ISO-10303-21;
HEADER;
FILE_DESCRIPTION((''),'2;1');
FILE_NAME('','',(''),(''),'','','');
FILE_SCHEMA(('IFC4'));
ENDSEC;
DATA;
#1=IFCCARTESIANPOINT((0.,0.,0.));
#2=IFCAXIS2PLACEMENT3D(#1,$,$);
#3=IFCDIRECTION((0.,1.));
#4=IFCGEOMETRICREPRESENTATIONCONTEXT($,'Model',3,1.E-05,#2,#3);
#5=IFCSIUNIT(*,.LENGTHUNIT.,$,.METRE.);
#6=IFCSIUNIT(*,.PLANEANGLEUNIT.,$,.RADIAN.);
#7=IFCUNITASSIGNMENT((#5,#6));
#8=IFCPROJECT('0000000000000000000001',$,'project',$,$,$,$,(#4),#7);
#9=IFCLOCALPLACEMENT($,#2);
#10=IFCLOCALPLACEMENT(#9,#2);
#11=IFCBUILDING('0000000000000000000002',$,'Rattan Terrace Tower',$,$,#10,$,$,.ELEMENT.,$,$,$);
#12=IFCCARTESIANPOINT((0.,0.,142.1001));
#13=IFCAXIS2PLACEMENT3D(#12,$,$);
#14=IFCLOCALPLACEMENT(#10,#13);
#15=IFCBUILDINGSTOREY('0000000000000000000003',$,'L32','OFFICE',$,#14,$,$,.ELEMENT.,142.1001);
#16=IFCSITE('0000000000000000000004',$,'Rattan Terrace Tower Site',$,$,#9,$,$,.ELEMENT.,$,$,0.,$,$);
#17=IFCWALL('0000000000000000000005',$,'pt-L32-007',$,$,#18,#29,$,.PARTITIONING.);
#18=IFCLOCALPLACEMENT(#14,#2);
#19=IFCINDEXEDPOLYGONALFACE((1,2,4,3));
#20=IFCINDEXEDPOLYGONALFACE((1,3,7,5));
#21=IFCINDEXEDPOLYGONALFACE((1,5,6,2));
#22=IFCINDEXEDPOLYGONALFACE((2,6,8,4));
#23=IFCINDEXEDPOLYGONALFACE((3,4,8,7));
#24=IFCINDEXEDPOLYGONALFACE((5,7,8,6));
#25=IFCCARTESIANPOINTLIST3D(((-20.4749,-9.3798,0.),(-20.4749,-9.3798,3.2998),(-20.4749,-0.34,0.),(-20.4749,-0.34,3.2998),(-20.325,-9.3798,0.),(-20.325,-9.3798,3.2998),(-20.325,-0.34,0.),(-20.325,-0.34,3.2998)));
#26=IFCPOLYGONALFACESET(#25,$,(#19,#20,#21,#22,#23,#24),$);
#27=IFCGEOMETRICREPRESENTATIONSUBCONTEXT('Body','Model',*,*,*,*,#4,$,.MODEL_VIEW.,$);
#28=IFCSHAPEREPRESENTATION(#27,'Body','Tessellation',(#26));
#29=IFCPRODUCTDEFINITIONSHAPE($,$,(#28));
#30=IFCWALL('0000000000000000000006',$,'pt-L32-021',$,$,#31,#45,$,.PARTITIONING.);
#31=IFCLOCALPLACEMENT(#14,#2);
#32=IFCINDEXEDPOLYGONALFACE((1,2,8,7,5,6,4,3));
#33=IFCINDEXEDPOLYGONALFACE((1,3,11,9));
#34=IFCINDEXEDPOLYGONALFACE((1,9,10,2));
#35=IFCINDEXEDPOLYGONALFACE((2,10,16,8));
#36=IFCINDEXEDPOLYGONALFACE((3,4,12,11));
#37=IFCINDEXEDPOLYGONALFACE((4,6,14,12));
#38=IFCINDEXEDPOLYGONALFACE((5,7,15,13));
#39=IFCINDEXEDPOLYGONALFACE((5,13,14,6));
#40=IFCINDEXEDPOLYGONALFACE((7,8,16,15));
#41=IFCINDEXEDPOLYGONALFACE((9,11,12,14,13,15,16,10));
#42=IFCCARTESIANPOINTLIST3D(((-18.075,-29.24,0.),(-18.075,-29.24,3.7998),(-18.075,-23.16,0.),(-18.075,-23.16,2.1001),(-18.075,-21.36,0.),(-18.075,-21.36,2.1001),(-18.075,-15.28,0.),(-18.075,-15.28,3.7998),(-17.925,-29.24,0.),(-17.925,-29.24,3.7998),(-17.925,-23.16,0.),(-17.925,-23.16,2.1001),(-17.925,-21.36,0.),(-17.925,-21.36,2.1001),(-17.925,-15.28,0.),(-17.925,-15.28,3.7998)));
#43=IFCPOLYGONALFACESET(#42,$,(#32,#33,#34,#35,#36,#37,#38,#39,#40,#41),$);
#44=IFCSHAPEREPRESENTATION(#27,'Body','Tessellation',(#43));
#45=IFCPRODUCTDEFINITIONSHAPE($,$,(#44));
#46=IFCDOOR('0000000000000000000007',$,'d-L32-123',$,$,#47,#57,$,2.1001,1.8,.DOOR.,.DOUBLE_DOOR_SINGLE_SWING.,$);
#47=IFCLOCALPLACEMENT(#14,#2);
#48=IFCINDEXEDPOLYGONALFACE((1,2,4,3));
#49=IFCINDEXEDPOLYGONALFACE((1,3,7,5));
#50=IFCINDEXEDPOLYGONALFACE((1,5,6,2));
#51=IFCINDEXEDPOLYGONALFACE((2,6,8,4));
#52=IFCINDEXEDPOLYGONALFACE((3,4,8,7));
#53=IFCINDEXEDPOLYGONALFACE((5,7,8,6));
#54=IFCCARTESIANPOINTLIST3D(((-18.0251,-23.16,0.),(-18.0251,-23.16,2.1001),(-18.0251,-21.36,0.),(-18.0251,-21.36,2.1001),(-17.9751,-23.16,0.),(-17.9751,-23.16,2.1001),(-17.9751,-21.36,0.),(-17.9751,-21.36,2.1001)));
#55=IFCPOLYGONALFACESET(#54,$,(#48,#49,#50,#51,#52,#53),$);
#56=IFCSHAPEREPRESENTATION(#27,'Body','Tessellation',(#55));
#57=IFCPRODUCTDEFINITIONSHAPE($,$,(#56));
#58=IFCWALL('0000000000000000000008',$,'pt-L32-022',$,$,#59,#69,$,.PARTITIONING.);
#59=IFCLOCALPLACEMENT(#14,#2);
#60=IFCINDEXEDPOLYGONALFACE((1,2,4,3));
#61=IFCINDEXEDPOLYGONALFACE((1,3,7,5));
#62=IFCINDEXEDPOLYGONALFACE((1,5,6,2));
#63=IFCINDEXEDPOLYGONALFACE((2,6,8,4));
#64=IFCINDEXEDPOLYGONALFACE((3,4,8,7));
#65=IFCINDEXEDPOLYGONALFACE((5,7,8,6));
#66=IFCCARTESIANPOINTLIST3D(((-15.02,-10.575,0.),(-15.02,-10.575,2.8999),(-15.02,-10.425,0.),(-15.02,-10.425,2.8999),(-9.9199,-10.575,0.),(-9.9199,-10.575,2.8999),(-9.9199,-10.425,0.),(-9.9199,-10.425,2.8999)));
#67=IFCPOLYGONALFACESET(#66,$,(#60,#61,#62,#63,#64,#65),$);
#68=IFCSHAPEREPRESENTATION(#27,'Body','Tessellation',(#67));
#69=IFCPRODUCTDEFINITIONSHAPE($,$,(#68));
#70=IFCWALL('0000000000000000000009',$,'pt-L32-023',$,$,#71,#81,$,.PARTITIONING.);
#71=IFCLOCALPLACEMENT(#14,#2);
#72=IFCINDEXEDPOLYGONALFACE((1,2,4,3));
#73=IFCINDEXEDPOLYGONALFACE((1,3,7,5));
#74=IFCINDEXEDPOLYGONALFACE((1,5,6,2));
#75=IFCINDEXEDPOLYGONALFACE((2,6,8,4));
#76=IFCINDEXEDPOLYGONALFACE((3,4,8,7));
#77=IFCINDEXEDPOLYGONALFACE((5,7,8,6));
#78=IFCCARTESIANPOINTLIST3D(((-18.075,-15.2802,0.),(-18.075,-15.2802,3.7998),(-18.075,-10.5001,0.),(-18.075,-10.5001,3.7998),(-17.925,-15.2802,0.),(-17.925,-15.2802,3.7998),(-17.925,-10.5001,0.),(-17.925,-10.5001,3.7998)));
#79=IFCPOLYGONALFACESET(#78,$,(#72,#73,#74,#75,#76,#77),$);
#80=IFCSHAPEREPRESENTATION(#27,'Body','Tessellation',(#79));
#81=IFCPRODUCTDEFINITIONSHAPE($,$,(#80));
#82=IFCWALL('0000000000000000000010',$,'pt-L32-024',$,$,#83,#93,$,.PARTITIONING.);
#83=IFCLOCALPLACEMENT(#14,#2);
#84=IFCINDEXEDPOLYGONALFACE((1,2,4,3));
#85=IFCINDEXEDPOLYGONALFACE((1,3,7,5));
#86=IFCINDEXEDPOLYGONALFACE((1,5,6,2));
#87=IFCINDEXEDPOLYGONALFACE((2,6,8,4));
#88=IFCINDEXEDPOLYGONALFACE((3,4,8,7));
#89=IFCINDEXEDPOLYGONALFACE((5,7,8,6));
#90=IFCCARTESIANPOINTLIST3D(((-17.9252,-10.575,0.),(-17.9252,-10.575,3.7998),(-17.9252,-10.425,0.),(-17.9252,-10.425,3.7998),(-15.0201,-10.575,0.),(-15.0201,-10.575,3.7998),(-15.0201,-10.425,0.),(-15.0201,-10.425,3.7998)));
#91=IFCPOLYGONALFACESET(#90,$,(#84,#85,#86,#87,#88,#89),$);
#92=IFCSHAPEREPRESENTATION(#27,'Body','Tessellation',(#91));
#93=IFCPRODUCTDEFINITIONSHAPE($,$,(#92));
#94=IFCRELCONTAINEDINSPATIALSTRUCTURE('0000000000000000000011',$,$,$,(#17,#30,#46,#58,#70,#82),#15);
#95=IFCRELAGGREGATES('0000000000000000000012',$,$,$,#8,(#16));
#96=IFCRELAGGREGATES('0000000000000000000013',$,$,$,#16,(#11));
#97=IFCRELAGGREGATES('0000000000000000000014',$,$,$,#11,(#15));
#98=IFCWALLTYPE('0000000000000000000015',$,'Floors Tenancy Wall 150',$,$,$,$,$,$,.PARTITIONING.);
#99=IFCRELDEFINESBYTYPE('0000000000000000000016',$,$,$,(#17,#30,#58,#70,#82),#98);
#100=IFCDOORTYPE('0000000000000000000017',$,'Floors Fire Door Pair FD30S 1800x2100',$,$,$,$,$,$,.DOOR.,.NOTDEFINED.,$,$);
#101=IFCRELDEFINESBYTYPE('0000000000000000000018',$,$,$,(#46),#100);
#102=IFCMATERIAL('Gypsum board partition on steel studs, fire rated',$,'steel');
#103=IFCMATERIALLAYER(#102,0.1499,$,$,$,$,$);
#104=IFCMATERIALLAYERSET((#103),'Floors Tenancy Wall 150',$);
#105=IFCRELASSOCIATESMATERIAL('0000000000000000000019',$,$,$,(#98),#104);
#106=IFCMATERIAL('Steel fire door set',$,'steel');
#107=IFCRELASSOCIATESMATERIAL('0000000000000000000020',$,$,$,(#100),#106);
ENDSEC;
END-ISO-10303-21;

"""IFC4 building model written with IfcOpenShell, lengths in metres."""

from ifc_helpers import new_model, si_unit, direction, frame, frame_2d, origin, place, context, subcontext, project, spatial, rectangle, extrude, material, layer, layer_set, type_object, element, fill, save


model = new_model("IFC4")

# Units and contexts
model_context = context("Model", 3, precision=1e-05, world=origin(), true_north=direction((0.0, 1.0)))
body_context = subcontext(model_context, "Body", "Model", "MODEL_VIEW")
ifc_project = project(units=[si_unit("LENGTHUNIT", "METRE"), si_unit("PLANEANGLEUNIT", "RADIAN")], contexts=[model_context])

# Site, building, storey
site_placement = place(None, origin())
site = spatial("IfcSite", under=ifc_project, at=site_placement, Name="Rattan Terrace Tower Site", CompositionType="ELEMENT", RefElevation=0.0)
building_placement = place(site_placement, origin())
building = spatial("IfcBuilding", under=site, at=building_placement, Name="Rattan Terrace Tower", CompositionType="ELEMENT")
storey_placement = place(building_placement, frame((0.0, 0.0, 142.1001)))
storey = spatial("IfcBuildingStorey", under=building, at=storey_placement, Name="L32", Description="OFFICE", CompositionType="ELEMENT", Elevation=142.1001)

# Wall
ifc_material_1 = material(Name="Gypsum board partition on steel studs, fire rated", Category="steel")
ifc_layer_1 = layer(ifc_material_1, 0.1499)
ifc_layer_set_1 = layer_set([ifc_layer_1], Name="Floors Tenancy Wall 150")
wall_type_1 = type_object("IfcWallType", Name="Floors Tenancy Wall 150", PredefinedType="PARTITIONING", material=ifc_layer_set_1)
wall_1_placement = place(storey_placement, frame((-20.3999, -9.3799, 0.0), z_axis=(0.0, 0.0, 1.0), x_axis=(0.0, 1.0, 0.0)))
element("IfcWall", 1, at=wall_1_placement, inside=storey, type_object=wall_type_1, Name="pt-L32-007", PredefinedType="PARTITIONING", context=body_context, shape_type="SweptSolid", body=[
    extrude(rectangle(XDim=9.0398, YDim=0.1499, at=frame_2d((4.52, 0.0))), origin(), (0.0, 0.0, 1.0), 3.2998),
])

# Wall, opening, door
wall_2_placement = place(storey_placement, frame((-18.0, -15.28, 0.0), z_axis=(0.0, 0.0, 1.0), x_axis=(0.0, -1.0, 0.0)))
wall_2 = element("IfcWall", 2, at=wall_2_placement, inside=storey, type_object=wall_type_1, Name="pt-L32-021", PredefinedType="PARTITIONING", context=body_context, shape_type="SweptSolid", body=[
    extrude(rectangle(XDim=13.96, YDim=0.1499, at=frame_2d((6.98, 0.0))), origin(), (0.0, 0.0, 1.0), 3.7998),
])
opening_1_placement = place(wall_2_placement, frame((6.0801, 0.0, 0.0)))
opening_1 = element("IfcOpeningElement", 3, at=opening_1_placement, cuts=wall_2, PredefinedType="OPENING", context=body_context, shape_type="SweptSolid", body=[
    extrude(rectangle(XDim=1.8, YDim=2.1001, at=frame_2d((0.8999, 1.05))), frame((0.0, 0.0854, 0.0), z_axis=(0.0, -1.0, 0.0), x_axis=(1.0, 0.0, 0.0)), (0.0, 0.0, 1.0), 0.1709),
])
ifc_material_2 = material(Name="Steel fire door set", Category="steel")
door_type_1 = type_object("IfcDoorType", Name="Floors Fire Door Pair FD30S 1800x2100", OperationType="NOTDEFINED", PredefinedType="DOOR", material=ifc_material_2)
door_1_placement = place(opening_1_placement, origin())
door_1 = element("IfcDoor", 4, at=door_1_placement, inside=storey, type_object=door_type_1, Name="d-L32-123", OperationType="DOUBLE_DOOR_SINGLE_SWING", OverallHeight=2.1001, OverallWidth=1.8, PredefinedType="DOOR", context=body_context, shape_type="SweptSolid", body=[
    extrude(rectangle(XDim=1.8, YDim=2.1001, at=frame_2d((0.8999, 1.05))), frame((0.0, 0.0249, 0.0), z_axis=(0.0, -1.0, 0.0), x_axis=(1.0, 0.0, 0.0)), (0.0, 0.0, 1.0), 0.05),
])
fill(opening_1, door_1)

# Walls
wall_3_placement = place(storey_placement, frame((-9.9199, -10.5, 0.0), z_axis=(0.0, 0.0, 1.0), x_axis=(-1.0, 0.0, 0.0)))
element("IfcWall", 5, at=wall_3_placement, inside=storey, type_object=wall_type_1, Name="pt-L32-022", PredefinedType="PARTITIONING", context=body_context, shape_type="SweptSolid", body=[
    extrude(rectangle(XDim=5.1001, YDim=0.1499, at=frame_2d((2.55, 0.0))), origin(), (0.0, 0.0, 1.0), 2.8999),
])
wall_4_placement = place(storey_placement, frame((-18.0, -10.5, 0.0), z_axis=(0.0, 0.0, 1.0), x_axis=(0.0, -1.0, 0.0)))
element("IfcWall", 6, at=wall_4_placement, inside=storey, type_object=wall_type_1, Name="pt-L32-023", PredefinedType="PARTITIONING", context=body_context, shape_type="SweptSolid", body=[
    extrude(rectangle(XDim=4.78, YDim=0.1499, at=frame_2d((2.3901, 0.0))), origin(), (0.0, 0.0, 1.0), 3.7998),
])
wall_5_placement = place(storey_placement, frame((-15.02, -10.5, 0.0), z_axis=(0.0, 0.0, 1.0), x_axis=(-1.0, 0.0, 0.0)))
element("IfcWall", 7, at=wall_5_placement, inside=storey, type_object=wall_type_1, Name="pt-L32-024", PredefinedType="PARTITIONING", context=body_context, shape_type="SweptSolid", body=[
    extrude(rectangle(XDim=2.905, YDim=0.1499, at=frame_2d((1.4526, 0.0))), origin(), (0.0, 0.0, 1.0), 3.7998),
])

save(model, "model.ifc")
